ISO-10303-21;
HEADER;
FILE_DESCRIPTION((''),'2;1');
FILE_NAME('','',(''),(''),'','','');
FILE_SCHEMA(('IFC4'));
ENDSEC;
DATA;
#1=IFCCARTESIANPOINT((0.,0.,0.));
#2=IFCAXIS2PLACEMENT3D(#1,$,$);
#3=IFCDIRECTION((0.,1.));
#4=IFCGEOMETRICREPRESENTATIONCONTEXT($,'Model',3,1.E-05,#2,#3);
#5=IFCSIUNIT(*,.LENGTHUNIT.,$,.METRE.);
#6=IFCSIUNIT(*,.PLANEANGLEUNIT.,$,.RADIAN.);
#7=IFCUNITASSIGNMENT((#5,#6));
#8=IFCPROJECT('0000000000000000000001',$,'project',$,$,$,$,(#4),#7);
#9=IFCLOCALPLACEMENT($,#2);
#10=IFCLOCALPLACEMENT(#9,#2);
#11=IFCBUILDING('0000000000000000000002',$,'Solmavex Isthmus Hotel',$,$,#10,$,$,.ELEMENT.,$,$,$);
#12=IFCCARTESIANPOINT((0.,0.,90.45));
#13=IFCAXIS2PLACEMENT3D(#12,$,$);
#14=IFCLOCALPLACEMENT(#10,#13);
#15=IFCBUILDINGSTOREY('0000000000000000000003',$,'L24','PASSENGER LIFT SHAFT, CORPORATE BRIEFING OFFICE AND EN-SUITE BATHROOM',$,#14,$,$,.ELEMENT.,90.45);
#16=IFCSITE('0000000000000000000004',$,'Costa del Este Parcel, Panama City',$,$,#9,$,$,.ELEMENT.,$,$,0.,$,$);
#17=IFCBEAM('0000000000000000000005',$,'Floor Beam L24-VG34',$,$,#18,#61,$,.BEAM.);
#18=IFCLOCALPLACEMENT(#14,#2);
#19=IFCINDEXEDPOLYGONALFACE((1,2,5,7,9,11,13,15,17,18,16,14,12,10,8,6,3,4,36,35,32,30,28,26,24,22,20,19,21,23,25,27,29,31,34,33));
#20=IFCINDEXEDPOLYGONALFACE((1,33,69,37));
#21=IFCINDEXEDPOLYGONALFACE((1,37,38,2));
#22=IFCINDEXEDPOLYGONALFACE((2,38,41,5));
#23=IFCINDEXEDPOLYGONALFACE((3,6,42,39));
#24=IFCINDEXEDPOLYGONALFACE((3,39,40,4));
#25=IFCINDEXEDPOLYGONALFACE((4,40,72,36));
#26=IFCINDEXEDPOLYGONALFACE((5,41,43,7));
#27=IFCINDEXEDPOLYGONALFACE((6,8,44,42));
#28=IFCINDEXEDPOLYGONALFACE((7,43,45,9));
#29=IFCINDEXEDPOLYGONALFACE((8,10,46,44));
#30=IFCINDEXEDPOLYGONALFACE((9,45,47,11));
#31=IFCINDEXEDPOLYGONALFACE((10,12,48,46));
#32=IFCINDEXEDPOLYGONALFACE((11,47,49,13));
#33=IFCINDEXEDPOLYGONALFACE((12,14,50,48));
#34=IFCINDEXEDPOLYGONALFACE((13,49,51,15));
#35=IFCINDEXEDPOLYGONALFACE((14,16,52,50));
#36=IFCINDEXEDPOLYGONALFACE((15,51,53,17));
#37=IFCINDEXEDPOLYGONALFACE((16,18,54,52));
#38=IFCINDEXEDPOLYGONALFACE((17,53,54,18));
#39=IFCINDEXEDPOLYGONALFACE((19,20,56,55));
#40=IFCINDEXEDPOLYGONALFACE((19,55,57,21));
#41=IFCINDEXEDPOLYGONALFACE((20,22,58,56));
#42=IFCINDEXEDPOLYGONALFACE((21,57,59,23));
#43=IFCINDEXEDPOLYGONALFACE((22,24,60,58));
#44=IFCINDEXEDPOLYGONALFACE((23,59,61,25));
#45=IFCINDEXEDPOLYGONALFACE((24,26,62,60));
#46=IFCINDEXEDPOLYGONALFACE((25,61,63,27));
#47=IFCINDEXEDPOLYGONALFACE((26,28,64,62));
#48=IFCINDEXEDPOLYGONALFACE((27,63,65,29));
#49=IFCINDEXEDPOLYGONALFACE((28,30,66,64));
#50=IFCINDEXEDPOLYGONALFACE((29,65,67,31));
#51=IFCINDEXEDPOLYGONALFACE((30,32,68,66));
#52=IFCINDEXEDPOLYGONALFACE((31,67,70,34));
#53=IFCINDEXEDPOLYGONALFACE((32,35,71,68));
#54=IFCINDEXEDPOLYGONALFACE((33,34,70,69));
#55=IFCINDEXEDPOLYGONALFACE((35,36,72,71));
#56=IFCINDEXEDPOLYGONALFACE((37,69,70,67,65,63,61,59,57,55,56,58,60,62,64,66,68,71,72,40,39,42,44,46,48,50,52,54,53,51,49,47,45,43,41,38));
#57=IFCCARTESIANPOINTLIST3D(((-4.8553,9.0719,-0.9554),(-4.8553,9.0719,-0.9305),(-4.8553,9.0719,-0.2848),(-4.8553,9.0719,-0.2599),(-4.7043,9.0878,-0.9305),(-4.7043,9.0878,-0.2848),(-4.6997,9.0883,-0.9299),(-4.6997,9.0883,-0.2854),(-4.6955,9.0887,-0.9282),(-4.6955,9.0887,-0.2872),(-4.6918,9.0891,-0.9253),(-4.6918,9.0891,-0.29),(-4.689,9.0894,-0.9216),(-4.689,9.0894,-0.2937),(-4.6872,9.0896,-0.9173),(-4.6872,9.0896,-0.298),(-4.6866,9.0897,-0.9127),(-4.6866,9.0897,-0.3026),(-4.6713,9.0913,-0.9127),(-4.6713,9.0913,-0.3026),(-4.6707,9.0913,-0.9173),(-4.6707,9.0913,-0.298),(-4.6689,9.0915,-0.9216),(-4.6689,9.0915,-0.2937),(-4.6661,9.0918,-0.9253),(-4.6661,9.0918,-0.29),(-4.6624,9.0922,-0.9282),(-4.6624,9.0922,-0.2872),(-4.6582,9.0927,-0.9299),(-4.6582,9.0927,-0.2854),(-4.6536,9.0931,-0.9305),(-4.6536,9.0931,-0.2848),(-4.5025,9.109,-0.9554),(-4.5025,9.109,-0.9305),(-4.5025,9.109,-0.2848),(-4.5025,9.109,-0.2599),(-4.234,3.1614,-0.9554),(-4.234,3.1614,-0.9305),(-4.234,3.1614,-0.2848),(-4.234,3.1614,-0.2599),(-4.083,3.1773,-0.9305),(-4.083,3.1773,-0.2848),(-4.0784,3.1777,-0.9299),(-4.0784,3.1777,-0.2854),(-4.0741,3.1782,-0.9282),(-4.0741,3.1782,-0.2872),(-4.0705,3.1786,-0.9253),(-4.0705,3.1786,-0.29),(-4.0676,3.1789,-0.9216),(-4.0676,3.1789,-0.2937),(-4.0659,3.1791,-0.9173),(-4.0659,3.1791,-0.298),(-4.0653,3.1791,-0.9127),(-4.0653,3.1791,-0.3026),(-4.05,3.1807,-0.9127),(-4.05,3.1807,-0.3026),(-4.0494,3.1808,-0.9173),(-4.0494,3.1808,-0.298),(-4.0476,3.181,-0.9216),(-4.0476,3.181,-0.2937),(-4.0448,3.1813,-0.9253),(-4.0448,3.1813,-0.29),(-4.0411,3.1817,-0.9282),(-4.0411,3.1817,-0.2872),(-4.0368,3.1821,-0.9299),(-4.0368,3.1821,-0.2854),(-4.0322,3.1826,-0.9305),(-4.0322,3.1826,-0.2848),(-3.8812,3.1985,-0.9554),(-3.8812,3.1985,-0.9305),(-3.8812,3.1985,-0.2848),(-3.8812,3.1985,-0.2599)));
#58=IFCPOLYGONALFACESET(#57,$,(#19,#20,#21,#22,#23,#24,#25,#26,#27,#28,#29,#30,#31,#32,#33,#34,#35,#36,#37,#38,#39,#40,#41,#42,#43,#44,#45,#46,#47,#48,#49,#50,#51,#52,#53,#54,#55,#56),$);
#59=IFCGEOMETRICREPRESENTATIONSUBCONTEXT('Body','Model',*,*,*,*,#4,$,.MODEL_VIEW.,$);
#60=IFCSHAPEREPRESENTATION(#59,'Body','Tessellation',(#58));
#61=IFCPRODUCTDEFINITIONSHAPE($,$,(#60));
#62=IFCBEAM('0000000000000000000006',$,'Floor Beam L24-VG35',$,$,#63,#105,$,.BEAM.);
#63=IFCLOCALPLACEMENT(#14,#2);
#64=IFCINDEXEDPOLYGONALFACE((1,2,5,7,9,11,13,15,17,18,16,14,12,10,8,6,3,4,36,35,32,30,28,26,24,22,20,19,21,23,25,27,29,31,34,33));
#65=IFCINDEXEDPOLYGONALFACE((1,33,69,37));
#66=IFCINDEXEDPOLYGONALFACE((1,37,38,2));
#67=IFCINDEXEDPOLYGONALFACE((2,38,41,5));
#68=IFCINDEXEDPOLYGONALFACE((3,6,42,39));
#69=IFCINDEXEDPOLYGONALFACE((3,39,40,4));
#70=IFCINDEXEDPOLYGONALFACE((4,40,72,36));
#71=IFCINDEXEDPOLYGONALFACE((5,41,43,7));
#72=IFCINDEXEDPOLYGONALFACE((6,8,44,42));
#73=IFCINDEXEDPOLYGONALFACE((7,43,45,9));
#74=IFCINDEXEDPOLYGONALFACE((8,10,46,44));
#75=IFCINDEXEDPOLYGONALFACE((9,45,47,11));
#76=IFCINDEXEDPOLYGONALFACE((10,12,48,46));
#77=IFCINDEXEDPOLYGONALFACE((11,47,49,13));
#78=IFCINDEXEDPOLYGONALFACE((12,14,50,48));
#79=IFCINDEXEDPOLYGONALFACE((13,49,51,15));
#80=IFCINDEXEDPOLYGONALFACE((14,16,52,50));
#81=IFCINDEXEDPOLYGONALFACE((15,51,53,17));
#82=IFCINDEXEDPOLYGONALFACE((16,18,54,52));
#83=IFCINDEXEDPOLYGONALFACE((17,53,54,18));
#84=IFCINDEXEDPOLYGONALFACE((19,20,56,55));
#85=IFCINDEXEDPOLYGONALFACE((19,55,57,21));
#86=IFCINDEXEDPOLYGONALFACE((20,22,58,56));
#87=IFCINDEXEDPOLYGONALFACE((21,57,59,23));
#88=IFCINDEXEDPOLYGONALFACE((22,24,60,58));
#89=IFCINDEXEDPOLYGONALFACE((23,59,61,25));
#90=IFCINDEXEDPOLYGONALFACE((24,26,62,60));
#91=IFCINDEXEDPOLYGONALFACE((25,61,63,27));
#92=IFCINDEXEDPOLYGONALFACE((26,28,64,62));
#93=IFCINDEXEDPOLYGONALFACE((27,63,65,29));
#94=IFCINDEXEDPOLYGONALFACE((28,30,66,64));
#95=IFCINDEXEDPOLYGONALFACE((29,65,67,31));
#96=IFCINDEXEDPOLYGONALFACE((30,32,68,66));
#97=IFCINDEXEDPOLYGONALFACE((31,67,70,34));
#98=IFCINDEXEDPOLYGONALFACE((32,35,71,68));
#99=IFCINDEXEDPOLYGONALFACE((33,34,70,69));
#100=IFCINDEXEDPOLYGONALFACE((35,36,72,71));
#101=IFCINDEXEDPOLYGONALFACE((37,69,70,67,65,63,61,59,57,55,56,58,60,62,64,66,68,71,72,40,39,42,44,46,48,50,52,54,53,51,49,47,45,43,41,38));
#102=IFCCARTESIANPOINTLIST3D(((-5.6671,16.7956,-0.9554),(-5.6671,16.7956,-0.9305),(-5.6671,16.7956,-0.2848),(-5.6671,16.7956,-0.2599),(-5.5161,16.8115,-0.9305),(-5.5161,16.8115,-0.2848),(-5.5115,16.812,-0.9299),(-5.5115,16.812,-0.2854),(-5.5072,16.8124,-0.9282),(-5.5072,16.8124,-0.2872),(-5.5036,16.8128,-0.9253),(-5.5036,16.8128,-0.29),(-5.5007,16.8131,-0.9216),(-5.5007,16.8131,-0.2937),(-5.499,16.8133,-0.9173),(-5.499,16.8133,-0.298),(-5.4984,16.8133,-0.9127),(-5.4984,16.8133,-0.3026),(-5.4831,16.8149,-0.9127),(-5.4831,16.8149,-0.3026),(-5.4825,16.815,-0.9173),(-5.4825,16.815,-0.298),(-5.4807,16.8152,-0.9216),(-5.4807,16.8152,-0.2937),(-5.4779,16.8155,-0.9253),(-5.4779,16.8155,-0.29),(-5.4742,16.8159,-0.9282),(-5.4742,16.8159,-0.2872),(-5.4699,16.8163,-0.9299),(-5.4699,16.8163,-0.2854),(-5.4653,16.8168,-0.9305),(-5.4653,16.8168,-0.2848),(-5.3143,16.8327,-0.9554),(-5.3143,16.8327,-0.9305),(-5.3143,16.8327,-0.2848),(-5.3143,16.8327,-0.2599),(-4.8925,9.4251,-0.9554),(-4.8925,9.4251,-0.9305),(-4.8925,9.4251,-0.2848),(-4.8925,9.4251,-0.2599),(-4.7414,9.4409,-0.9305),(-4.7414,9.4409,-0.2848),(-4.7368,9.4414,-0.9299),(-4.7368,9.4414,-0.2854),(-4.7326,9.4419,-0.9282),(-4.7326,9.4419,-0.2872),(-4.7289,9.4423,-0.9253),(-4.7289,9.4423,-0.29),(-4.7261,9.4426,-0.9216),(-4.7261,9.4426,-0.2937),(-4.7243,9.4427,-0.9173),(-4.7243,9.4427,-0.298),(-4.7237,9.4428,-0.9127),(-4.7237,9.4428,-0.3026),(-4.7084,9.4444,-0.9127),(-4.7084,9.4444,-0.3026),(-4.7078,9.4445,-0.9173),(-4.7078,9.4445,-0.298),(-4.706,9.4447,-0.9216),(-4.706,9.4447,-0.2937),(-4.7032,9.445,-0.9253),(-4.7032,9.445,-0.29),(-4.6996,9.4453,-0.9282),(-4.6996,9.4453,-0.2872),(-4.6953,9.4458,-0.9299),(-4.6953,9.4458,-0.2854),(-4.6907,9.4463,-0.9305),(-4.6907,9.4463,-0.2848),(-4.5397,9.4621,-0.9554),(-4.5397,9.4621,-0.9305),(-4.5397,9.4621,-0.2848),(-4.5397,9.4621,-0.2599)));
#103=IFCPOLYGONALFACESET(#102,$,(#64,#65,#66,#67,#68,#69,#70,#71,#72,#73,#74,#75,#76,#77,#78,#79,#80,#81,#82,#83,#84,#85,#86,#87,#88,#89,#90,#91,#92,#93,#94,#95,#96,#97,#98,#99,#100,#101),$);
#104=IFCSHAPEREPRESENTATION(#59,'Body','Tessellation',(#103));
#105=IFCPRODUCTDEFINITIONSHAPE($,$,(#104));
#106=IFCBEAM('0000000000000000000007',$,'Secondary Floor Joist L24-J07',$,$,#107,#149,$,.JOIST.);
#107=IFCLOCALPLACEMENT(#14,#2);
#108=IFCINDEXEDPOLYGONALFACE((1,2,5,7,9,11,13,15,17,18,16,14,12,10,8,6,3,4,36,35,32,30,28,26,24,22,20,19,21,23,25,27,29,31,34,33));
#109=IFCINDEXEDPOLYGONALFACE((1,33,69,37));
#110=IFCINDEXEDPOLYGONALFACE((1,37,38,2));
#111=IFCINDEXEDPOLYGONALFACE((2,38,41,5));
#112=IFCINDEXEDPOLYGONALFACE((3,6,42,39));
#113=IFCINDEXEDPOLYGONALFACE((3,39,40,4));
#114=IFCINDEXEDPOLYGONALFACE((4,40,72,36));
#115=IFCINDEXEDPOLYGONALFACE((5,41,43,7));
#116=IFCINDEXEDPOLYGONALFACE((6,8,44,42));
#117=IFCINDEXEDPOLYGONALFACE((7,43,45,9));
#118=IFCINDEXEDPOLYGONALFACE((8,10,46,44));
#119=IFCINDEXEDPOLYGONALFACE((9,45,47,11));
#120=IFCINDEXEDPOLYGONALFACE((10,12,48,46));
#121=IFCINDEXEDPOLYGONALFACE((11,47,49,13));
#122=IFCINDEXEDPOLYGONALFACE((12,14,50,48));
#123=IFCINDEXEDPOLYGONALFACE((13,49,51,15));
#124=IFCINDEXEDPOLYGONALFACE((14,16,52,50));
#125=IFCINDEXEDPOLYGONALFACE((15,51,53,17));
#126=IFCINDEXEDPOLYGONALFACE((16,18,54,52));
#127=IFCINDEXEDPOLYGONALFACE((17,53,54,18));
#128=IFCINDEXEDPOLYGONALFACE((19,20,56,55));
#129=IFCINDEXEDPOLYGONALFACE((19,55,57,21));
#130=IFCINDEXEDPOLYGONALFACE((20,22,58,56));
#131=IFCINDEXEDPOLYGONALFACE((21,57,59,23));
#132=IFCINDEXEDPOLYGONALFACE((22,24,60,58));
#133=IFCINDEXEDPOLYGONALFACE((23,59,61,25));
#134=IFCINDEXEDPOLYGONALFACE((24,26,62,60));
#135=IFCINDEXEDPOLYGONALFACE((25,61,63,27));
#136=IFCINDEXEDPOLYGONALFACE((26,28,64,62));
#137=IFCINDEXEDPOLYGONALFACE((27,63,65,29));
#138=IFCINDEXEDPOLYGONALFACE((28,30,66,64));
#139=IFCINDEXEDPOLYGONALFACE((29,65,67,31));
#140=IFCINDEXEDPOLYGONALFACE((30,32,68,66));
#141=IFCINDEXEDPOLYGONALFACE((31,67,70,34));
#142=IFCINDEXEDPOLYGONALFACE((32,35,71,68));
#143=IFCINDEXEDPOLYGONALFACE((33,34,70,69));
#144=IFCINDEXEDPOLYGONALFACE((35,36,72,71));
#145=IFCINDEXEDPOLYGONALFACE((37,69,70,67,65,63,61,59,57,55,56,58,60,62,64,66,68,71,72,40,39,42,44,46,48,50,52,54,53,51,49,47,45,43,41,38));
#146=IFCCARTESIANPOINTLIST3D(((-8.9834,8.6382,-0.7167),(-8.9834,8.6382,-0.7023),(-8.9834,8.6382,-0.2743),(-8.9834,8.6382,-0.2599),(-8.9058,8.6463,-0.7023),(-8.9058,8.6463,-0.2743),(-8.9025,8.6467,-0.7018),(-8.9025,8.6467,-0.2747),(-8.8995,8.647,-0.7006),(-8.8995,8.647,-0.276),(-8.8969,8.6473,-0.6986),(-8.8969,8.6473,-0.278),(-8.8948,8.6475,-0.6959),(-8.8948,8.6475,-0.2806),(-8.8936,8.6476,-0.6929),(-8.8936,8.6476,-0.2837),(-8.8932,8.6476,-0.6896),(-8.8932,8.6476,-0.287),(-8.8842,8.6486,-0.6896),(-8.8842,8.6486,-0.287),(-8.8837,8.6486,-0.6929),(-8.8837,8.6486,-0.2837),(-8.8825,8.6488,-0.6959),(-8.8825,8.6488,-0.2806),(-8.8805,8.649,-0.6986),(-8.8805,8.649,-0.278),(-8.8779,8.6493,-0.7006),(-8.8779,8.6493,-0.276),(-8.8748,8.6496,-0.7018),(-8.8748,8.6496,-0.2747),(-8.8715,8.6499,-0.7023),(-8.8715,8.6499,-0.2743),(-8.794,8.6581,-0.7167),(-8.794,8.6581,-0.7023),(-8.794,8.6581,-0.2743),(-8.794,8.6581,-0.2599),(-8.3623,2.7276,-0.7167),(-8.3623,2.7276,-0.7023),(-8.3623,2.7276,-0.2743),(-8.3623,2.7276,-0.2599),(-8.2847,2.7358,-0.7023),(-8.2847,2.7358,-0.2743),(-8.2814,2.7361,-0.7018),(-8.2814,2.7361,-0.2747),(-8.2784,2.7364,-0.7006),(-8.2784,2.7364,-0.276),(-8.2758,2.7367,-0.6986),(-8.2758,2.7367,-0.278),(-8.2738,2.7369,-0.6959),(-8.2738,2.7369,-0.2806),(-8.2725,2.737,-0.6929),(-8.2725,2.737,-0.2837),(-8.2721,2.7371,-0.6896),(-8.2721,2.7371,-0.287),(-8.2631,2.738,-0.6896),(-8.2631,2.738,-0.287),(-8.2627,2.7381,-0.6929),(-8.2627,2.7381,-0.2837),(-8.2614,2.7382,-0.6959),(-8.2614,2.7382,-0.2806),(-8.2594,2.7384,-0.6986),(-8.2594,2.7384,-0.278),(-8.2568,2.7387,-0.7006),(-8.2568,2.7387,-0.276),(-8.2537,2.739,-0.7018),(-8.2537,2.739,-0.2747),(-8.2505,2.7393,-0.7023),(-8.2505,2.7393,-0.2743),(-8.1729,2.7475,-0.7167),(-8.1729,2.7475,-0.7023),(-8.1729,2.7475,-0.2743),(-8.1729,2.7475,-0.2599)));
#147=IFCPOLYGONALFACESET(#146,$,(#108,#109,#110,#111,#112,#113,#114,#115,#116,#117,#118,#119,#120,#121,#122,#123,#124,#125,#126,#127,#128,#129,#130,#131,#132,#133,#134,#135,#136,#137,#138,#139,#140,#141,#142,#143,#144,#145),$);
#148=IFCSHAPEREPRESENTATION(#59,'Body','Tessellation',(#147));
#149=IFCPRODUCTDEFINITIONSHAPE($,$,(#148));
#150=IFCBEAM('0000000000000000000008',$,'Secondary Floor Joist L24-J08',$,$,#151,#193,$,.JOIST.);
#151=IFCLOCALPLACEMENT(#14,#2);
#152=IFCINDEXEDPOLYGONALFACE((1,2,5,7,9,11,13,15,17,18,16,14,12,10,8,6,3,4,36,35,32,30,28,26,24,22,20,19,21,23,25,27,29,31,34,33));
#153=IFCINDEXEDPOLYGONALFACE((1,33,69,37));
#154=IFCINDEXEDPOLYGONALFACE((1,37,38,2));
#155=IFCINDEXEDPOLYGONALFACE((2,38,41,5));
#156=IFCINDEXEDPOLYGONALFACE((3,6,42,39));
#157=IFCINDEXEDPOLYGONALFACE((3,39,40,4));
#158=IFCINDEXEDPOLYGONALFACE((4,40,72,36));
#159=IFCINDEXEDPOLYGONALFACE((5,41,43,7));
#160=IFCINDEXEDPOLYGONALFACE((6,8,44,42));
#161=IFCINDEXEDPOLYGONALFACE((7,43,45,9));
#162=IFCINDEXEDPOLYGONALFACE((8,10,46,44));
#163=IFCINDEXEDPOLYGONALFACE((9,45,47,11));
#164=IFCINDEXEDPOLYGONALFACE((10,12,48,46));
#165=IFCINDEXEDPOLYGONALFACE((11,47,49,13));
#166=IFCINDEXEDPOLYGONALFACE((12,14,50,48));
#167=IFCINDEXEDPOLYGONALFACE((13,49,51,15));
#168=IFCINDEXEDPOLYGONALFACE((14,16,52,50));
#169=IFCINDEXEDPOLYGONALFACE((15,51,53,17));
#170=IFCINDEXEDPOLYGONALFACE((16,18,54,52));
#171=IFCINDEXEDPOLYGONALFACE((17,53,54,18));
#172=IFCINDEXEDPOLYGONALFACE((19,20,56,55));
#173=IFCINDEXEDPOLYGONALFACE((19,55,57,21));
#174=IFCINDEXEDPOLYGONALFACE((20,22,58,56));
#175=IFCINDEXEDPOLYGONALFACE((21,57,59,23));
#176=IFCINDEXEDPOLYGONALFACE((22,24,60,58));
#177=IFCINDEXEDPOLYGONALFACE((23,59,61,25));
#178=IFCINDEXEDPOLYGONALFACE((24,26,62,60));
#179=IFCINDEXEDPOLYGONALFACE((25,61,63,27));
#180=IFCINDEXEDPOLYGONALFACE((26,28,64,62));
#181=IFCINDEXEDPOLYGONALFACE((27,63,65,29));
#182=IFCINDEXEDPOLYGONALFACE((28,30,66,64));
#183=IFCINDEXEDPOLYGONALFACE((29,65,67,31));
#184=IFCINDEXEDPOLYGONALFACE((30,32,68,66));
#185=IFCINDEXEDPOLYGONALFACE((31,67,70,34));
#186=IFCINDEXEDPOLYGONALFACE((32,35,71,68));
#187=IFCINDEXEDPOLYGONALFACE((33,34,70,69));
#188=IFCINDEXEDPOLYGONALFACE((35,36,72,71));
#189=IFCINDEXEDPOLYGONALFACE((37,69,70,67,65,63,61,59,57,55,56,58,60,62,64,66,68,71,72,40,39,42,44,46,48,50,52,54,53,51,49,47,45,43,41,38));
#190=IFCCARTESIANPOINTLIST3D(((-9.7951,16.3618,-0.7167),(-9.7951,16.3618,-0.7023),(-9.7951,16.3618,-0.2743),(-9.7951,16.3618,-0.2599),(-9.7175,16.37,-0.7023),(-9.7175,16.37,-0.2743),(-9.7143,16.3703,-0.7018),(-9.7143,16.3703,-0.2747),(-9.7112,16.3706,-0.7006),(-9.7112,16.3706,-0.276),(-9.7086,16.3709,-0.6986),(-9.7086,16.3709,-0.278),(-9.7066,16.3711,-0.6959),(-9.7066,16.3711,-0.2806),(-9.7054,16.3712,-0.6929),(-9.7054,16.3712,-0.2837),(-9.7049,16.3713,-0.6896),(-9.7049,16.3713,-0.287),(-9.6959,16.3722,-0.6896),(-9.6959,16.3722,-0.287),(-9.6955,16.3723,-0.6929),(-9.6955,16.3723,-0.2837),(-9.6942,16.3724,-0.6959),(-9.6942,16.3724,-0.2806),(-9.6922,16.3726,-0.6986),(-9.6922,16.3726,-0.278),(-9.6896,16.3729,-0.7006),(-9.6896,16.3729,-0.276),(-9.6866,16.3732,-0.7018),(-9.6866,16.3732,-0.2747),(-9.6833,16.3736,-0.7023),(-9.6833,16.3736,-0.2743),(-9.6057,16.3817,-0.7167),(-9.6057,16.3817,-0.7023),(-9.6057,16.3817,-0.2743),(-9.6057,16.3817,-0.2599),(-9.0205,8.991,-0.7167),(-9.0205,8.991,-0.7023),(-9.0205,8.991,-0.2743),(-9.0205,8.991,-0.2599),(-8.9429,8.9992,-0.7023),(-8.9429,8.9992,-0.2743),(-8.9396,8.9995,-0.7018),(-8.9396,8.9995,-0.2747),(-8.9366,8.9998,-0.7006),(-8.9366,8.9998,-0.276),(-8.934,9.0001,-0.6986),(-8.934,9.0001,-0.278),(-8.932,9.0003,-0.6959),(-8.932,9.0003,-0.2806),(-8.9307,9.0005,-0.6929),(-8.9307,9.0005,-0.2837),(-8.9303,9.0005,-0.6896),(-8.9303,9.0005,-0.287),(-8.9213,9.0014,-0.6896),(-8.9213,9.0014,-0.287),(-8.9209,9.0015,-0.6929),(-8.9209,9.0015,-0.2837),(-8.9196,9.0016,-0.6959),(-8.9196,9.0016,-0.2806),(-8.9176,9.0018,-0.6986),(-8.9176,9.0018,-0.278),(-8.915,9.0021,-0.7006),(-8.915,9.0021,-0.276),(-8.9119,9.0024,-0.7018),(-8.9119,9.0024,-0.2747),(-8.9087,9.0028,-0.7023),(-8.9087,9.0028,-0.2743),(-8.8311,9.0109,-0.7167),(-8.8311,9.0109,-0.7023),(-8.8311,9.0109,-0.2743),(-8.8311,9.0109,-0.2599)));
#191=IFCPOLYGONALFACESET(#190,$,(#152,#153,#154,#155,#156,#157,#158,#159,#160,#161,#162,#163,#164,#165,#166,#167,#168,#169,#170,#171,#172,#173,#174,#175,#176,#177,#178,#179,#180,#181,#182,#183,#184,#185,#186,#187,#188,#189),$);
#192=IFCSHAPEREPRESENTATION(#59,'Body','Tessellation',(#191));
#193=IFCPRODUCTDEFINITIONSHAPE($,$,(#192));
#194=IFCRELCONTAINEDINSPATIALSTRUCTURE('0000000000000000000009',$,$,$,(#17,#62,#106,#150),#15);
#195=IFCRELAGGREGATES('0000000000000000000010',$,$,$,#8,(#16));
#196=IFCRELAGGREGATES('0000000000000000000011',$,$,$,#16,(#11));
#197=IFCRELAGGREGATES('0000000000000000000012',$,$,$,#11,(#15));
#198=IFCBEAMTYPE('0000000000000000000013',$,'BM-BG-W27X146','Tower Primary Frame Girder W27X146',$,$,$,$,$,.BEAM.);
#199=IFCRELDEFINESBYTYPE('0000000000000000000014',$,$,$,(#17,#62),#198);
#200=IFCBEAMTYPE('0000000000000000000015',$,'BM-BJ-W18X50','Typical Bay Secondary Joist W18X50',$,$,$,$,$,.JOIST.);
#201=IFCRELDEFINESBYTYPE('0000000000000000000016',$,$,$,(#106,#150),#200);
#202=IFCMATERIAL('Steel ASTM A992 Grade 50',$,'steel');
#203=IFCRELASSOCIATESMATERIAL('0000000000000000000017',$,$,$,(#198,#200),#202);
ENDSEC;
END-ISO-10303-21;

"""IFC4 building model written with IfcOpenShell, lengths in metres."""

from ifc_helpers import new_model, si_unit, direction, frame, origin, origin_2d, place, context, subcontext, project, spatial, i_section, extrude, material, material_profile, profile_set, type_object, element, save


model = new_model("IFC4")

# Units and contexts
model_context = context("Model", 3, precision=1e-05, world=origin(), true_north=direction((0.0, 1.0)))
body_context = subcontext(model_context, "Body", "Model", "MODEL_VIEW")
ifc_project = project(units=[si_unit("LENGTHUNIT", "METRE"), si_unit("PLANEANGLEUNIT", "RADIAN")], contexts=[model_context])

# Site, building, storey
site_placement = place(None, origin())
site = spatial("IfcSite", under=ifc_project, at=site_placement, Name="Costa del Este Parcel, Panama City", CompositionType="ELEMENT", RefElevation=0.0)
building_placement = place(site_placement, origin())
building = spatial("IfcBuilding", under=site, at=building_placement, Name="Solmavex Isthmus Hotel", CompositionType="ELEMENT")
storey_placement = place(building_placement, frame((0.0, 0.0, 90.45)))
storey = spatial("IfcBuildingStorey", under=building, at=storey_placement, Name="L24", Description="PASSENGER LIFT SHAFT, CORPORATE BRIEFING OFFICE AND EN-SUITE BATHROOM", CompositionType="ELEMENT", Elevation=90.45)

# Beams
ifc_material_1 = material(Name="Steel ASTM A992 Grade 50", Category="steel")
ifc_material_profile_1 = material_profile(ifc_material_1, i_section(OverallWidth=0.3547, OverallDepth=0.6956, WebThickness=0.0154, FlangeThickness=0.0249, FilletRadius=0.0178, at=origin_2d()), Name="W27X146")
ifc_profile_set_1 = profile_set([ifc_material_profile_1], Name="Steel ASTM A992 Grade 50")
beam_type_1 = type_object("IfcBeamType", Name="BM-BG-W27X146", Description="Tower Primary Frame Girder W27X146", PredefinedType="BEAM", material=ifc_profile_set_1)
for number, where, z_axis, x_axis, name in (
    (1, (-4.0576, 3.1799, -0.6077), (-0.104546, 0.99452, 0.0), (-0.99452, -0.104546, 0.0), "Floor Beam L24-VG34"),
):
    element("IfcBeam", number, at=place(storey_placement, frame(where, z_axis=z_axis, x_axis=x_axis)), inside=storey, type_object=beam_type_1, Name=name, PredefinedType="BEAM", context=body_context, shape_type="SweptSolid", body=[
        extrude(i_section(OverallWidth=0.3547, OverallDepth=0.6956, WebThickness=0.0154, FlangeThickness=0.0249, FilletRadius=0.0178, at=origin_2d()), origin(), (0.0, 0.0, 1.0), 5.9431),
    ])
beam_1_placement = place(storey_placement, frame((-4.7161, 9.4436, -0.6077), z_axis=(-0.104525, 0.994522, 0.0), x_axis=(-0.994522, -0.104525, 0.0)))
element("IfcBeam", 2, at=beam_1_placement, inside=storey, type_object=beam_type_1, Name="Floor Beam L24-VG35", PredefinedType="BEAM", context=body_context, shape_type="SweptSolid", body=[
    extrude(i_section(OverallWidth=0.3547, OverallDepth=0.6956, WebThickness=0.0154, FlangeThickness=0.0249, FilletRadius=0.0178, at=origin_2d()), origin(), (0.0, 0.0, 1.0), 7.4111),
])
ifc_material_profile_2 = material_profile(ifc_material_1, i_section(OverallWidth=0.1904, OverallDepth=0.4568, WebThickness=0.009, FlangeThickness=0.0144, FilletRadius=0.0127, at=origin_2d()), Name="W18X50")
ifc_profile_set_2 = profile_set([ifc_material_profile_2], Name="Steel ASTM A992 Grade 50")
beam_type_2 = type_object("IfcBeamType", Name="BM-BJ-W18X50", Description="Typical Bay Secondary Joist W18X50", PredefinedType="JOIST", material=ifc_profile_set_2)
beam_2_placement = place(storey_placement, frame((-8.2676, 2.7375, -0.4883), z_axis=(-0.104505, 0.994524, 0.0), x_axis=(-0.994524, -0.104505, 0.0)))
element("IfcBeam", 3, at=beam_2_placement, inside=storey, type_object=beam_type_2, Name="Secondary Floor Joist L24-J07", PredefinedType="JOIST", context=body_context, shape_type="SweptSolid", body=[
    extrude(i_section(OverallWidth=0.1904, OverallDepth=0.4568, WebThickness=0.009, FlangeThickness=0.0144, FilletRadius=0.0127, at=origin_2d()), origin(), (0.0, 0.0, 1.0), 5.9431),
])
beam_3_placement = place(storey_placement, frame((-8.9258, 9.001, -0.4883), z_axis=(-0.104522, 0.994523, 0.0), x_axis=(-0.994523, -0.104522, 0.0)))
element("IfcBeam", 4, at=beam_3_placement, inside=storey, type_object=beam_type_2, Name="Secondary Floor Joist L24-J08", PredefinedType="JOIST", context=body_context, shape_type="SweptSolid", body=[
    extrude(i_section(OverallWidth=0.1904, OverallDepth=0.4568, WebThickness=0.009, FlangeThickness=0.0144, FilletRadius=0.0127, at=origin_2d()), origin(), (0.0, 0.0, 1.0), 7.4114),
])

save(model, "model.ifc")
